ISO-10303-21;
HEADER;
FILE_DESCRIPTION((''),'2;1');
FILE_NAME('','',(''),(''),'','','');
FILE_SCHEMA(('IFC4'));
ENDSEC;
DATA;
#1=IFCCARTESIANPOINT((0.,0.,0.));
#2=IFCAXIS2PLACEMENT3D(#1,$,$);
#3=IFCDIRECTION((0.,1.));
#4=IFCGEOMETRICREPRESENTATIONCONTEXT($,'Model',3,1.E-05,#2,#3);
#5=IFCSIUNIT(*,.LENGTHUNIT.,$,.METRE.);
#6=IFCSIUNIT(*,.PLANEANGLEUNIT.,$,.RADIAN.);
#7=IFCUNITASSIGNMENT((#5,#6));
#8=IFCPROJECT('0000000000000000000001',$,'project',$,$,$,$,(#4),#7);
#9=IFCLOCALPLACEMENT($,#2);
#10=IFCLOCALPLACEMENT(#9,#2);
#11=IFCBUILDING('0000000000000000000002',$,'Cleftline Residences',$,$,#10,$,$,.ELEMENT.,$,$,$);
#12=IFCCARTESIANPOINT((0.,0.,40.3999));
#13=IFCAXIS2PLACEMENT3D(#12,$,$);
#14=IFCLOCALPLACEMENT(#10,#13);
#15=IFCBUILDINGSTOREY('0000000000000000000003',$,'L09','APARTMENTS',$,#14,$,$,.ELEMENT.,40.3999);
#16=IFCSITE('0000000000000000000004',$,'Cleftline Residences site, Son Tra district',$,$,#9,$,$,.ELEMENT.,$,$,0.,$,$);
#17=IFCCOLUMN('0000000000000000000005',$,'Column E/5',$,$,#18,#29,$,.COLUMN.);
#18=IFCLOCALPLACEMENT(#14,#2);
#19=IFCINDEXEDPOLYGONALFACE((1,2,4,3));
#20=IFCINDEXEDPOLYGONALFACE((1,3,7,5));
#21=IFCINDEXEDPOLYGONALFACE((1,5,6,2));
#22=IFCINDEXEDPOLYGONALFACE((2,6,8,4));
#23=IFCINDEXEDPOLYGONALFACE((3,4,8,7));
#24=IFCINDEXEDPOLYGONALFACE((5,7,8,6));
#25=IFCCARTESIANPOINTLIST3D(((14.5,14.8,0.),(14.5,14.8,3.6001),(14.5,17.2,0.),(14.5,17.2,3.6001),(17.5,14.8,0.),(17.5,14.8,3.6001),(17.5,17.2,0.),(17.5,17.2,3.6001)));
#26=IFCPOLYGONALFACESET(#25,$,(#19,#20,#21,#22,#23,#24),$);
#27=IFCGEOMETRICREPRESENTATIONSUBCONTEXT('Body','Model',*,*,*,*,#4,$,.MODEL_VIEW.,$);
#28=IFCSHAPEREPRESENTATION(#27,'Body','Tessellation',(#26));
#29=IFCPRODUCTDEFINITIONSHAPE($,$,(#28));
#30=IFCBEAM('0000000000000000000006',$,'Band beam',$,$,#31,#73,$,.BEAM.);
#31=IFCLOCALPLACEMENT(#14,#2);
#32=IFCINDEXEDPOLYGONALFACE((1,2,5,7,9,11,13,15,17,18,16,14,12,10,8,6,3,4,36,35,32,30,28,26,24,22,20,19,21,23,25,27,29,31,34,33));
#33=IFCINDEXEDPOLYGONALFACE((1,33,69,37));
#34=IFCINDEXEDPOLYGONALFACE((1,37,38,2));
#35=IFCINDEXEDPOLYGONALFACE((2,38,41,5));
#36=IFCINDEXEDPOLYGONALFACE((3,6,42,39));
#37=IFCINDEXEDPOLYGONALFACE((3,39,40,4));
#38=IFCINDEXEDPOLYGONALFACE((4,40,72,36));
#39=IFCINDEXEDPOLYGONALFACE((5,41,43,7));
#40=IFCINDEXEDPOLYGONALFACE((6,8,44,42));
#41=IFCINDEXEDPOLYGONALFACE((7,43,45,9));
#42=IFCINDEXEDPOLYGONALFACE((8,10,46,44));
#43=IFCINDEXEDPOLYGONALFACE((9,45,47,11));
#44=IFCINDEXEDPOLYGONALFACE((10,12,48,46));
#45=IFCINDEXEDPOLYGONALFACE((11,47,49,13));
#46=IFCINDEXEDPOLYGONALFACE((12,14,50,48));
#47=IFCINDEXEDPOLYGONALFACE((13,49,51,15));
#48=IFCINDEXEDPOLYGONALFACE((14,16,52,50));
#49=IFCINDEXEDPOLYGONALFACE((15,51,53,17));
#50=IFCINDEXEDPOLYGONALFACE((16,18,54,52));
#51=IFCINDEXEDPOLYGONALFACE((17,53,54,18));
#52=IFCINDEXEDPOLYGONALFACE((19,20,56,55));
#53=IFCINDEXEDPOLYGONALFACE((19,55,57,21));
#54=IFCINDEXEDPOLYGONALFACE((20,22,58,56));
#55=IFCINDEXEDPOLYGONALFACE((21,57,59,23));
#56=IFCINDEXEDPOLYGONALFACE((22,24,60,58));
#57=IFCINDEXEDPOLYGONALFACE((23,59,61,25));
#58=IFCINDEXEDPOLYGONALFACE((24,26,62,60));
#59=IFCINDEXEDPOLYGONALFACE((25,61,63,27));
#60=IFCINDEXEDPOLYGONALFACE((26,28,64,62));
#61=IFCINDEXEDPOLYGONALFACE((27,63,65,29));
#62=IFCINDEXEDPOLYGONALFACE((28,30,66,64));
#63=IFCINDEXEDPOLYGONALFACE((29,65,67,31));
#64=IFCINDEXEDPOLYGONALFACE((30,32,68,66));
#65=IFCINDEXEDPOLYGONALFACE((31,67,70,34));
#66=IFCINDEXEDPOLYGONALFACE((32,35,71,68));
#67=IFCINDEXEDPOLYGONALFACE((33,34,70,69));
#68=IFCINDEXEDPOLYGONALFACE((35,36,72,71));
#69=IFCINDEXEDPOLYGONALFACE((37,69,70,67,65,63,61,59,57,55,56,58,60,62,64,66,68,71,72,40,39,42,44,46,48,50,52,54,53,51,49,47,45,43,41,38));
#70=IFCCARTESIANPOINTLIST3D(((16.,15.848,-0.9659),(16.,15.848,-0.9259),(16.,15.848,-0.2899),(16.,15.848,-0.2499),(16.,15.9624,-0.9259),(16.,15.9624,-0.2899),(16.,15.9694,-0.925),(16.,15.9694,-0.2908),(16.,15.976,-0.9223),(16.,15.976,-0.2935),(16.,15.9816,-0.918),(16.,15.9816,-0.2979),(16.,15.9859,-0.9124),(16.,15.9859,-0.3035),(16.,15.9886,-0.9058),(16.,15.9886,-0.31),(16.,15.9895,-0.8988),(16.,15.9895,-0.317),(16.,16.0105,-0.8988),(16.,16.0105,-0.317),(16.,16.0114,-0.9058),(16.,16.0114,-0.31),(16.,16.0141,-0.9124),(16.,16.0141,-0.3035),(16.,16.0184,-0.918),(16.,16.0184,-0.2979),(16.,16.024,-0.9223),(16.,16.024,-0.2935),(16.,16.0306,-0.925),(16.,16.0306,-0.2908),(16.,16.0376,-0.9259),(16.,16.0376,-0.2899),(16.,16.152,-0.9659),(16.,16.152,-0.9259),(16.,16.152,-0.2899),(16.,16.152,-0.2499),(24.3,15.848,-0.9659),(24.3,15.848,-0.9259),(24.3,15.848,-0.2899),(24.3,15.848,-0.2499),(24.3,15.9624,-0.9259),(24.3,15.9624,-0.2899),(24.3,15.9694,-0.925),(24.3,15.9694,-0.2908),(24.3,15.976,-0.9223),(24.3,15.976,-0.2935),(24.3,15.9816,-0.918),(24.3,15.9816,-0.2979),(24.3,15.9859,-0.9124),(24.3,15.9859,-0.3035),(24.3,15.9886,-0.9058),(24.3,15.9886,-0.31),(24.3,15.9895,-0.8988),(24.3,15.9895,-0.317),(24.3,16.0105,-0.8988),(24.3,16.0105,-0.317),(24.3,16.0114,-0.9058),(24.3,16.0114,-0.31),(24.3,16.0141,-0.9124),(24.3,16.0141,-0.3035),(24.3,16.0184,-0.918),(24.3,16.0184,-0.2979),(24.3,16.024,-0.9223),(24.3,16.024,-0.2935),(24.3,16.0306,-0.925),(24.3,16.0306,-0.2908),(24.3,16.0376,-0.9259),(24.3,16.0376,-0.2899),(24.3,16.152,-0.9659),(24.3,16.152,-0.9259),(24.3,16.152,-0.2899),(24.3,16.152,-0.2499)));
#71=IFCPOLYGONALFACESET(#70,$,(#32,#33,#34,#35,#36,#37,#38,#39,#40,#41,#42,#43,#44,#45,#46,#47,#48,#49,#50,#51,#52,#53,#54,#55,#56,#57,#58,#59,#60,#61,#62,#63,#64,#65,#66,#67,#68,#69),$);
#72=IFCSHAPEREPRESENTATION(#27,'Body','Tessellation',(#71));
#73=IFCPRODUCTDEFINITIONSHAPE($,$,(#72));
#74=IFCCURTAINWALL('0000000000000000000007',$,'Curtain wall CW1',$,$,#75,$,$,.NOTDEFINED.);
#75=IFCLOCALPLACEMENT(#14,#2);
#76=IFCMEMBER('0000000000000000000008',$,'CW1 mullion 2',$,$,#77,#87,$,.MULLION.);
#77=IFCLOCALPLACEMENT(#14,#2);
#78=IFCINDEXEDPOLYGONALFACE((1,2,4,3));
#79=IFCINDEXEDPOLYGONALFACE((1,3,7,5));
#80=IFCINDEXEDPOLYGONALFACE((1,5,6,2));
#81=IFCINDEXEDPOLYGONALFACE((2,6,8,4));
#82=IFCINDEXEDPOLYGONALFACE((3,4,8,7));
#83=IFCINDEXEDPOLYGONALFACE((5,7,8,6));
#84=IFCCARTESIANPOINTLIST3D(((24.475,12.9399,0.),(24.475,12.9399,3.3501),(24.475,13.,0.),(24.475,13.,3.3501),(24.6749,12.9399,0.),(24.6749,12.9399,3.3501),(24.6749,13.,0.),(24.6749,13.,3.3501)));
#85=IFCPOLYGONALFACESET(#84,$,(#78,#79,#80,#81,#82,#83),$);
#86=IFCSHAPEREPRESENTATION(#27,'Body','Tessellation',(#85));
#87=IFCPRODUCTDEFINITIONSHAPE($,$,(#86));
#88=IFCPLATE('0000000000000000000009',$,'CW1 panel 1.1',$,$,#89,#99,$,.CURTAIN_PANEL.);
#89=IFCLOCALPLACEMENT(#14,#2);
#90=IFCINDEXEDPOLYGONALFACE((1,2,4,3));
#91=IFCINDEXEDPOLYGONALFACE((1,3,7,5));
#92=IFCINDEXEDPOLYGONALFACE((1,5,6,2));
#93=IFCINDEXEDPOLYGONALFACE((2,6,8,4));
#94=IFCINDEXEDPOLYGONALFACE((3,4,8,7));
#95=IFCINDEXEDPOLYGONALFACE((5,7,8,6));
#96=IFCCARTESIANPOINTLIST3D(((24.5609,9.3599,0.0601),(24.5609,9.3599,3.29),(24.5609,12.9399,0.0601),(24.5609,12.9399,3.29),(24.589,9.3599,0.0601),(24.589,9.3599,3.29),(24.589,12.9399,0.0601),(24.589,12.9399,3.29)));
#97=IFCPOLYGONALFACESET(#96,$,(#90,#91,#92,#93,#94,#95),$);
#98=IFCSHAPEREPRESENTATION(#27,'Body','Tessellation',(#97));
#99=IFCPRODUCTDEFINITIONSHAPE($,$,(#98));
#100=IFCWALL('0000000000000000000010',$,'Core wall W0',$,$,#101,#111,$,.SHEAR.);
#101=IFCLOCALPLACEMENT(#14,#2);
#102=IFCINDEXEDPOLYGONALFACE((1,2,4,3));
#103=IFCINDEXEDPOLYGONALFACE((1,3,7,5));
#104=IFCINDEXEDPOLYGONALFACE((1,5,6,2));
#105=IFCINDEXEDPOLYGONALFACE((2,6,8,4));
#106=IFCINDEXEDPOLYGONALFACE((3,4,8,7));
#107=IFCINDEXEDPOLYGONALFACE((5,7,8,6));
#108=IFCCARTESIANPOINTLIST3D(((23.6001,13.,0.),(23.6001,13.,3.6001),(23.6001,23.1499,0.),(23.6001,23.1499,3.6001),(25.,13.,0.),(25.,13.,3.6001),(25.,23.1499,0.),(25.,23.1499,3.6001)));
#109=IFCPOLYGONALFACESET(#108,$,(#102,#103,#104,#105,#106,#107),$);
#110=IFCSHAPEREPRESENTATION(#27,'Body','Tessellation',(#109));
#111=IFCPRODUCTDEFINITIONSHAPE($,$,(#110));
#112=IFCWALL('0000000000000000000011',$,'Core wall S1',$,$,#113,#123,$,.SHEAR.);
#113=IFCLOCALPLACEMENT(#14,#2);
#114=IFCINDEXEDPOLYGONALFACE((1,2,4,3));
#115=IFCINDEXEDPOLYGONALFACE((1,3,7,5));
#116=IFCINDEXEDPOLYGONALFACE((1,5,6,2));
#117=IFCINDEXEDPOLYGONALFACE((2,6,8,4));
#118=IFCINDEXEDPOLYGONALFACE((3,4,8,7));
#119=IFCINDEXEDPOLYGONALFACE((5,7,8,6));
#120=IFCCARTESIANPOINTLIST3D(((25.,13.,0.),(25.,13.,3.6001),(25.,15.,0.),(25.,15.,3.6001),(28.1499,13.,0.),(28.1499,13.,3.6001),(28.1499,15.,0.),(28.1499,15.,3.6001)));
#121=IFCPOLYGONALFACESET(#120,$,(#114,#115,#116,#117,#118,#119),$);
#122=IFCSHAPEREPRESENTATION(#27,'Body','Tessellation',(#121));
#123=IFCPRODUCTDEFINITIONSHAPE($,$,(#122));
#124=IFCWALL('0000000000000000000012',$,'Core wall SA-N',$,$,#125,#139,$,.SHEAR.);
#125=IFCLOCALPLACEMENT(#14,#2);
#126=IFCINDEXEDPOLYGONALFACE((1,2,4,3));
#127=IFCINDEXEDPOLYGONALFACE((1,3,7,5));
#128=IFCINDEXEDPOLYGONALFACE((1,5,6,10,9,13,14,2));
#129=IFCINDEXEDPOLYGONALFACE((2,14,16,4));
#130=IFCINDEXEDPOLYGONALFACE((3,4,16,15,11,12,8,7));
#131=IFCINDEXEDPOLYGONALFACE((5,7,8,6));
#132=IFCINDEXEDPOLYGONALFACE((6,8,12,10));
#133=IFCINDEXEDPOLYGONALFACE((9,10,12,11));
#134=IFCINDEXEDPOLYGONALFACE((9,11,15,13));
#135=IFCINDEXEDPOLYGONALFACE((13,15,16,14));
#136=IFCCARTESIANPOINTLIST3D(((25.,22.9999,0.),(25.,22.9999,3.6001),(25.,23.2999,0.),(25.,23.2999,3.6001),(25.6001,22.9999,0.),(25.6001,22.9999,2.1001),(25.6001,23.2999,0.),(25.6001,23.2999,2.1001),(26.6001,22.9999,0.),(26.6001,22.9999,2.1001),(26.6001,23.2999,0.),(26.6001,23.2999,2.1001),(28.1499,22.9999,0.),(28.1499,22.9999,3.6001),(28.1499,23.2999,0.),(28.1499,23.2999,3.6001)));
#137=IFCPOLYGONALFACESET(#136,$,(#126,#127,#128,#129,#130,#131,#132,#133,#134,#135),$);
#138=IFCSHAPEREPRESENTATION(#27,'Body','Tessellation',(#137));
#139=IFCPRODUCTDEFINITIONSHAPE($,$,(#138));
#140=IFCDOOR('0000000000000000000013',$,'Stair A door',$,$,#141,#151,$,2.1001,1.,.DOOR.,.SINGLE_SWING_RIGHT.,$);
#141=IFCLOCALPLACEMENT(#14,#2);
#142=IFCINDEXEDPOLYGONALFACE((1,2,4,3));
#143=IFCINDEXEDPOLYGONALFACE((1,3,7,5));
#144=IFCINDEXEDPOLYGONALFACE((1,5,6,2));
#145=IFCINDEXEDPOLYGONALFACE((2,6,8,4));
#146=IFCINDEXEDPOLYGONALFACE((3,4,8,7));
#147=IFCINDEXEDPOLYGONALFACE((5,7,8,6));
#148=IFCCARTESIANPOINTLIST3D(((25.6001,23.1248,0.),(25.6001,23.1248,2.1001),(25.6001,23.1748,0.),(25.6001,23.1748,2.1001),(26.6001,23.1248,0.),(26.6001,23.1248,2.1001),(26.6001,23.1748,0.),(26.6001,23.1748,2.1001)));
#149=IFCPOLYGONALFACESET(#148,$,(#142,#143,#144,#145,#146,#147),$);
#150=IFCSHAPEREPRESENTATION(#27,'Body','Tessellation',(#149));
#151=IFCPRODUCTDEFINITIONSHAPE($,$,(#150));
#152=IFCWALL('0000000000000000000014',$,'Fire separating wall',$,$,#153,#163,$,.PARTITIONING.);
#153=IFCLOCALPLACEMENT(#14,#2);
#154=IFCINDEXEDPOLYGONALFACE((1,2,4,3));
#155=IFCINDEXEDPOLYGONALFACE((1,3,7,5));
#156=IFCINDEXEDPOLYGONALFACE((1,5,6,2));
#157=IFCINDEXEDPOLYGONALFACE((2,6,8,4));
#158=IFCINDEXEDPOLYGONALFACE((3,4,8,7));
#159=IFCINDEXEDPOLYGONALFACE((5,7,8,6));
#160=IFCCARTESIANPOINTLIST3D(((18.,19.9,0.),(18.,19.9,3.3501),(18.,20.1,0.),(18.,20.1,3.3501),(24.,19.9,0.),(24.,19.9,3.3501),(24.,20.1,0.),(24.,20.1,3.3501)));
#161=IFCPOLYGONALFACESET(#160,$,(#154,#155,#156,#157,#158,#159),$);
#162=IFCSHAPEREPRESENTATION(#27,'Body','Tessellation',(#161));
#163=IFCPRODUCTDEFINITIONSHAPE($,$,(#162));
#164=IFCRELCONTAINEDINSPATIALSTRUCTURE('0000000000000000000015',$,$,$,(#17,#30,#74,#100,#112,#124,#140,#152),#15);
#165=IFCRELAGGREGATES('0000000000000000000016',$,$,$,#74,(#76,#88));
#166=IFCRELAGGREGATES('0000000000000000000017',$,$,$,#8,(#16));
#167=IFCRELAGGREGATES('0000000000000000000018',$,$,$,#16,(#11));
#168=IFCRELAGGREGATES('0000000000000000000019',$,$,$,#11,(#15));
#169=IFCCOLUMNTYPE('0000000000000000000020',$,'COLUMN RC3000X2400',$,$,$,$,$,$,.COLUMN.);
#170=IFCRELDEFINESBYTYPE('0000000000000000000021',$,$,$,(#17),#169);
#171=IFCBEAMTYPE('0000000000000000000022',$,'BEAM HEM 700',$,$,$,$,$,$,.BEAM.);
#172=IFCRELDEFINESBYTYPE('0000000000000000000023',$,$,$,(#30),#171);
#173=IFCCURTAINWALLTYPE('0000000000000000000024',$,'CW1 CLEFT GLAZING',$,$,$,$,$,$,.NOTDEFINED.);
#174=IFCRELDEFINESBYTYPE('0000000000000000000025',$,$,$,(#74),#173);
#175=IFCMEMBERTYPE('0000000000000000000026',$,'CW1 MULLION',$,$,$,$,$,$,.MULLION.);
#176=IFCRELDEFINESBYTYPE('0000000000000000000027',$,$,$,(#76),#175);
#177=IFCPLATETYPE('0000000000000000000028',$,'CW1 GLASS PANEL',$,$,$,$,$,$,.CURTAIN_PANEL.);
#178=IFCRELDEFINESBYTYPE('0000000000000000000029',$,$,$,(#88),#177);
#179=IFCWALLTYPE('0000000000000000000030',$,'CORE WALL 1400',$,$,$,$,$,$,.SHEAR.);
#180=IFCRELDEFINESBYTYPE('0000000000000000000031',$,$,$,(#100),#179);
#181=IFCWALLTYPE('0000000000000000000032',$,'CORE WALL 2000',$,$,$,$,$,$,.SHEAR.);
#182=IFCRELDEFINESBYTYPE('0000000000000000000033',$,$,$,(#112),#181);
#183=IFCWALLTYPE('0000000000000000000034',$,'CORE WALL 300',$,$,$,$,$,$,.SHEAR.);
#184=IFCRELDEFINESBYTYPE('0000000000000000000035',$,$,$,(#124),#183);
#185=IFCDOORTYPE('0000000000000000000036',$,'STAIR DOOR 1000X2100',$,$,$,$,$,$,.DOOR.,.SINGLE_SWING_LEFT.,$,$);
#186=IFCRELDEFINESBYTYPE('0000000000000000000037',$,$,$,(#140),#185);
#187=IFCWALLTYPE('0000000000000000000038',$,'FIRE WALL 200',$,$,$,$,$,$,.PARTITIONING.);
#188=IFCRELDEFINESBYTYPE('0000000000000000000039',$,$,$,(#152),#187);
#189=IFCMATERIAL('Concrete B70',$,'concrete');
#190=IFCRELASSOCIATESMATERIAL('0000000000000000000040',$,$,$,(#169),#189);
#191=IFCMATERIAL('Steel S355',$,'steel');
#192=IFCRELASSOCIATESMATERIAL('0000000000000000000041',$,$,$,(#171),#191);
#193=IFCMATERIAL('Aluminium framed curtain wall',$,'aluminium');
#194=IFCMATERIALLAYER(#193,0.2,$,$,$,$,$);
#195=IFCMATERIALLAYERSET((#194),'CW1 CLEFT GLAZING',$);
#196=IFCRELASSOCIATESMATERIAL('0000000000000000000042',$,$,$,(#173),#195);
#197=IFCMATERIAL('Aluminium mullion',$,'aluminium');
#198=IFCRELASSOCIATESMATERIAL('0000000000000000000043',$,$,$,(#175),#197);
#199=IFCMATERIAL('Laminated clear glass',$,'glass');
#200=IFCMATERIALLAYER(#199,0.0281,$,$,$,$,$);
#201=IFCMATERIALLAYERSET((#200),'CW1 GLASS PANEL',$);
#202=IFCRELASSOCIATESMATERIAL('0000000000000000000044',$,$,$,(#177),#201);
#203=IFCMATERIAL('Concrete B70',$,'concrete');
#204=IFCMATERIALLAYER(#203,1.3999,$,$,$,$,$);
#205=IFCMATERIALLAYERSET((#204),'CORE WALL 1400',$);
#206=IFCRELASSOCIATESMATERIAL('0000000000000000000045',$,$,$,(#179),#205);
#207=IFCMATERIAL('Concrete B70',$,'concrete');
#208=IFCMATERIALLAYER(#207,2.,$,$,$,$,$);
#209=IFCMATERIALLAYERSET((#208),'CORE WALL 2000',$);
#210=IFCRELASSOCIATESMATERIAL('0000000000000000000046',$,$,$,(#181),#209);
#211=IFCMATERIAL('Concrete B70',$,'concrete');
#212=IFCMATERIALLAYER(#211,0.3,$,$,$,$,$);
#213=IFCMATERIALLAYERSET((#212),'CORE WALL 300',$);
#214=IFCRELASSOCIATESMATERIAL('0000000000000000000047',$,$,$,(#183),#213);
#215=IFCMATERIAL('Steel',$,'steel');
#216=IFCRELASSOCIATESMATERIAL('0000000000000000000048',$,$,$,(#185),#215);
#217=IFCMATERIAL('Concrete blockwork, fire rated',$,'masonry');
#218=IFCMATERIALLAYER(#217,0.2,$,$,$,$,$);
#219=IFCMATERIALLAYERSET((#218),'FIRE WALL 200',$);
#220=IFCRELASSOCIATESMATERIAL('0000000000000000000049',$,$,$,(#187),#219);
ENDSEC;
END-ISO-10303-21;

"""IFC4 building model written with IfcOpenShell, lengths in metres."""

from ifc_helpers import new_model, si_unit, direction, frame, frame_2d, origin, origin_2d, place, context, subcontext, project, spatial, rectangle, i_section, extrude, material, layer, layer_set, material_profile, profile_set, type_object, element, fill, aggregate, save


model = new_model("IFC4")

# Units and contexts
model_context = context("Model", 3, precision=1e-05, world=origin(), true_north=direction((0.0, 1.0)))
body_context = subcontext(model_context, "Body", "Model", "MODEL_VIEW")
ifc_project = project(units=[si_unit("LENGTHUNIT", "METRE"), si_unit("PLANEANGLEUNIT", "RADIAN")], contexts=[model_context])

# Site, building, storey
site_placement = place(None, origin())
site = spatial("IfcSite", under=ifc_project, at=site_placement, Name="Cleftline Residences site, Son Tra district", CompositionType="ELEMENT", RefElevation=0.0)
building_placement = place(site_placement, origin())
building = spatial("IfcBuilding", under=site, at=building_placement, Name="Cleftline Residences", CompositionType="ELEMENT")
storey_placement = place(building_placement, frame((0.0, 0.0, 40.3999)))
storey = spatial("IfcBuildingStorey", under=building, at=storey_placement, Name="L09", Description="APARTMENTS", CompositionType="ELEMENT", Elevation=40.3999)

# Column
ifc_material_1 = material(Name="Concrete B70", Category="concrete")
ifc_material_profile_1 = material_profile(ifc_material_1, rectangle(XDim=3.0, YDim=2.3999, at=origin_2d()))
ifc_profile_set_1 = profile_set([ifc_material_profile_1], Name="Concrete B70")
column_type = type_object("IfcColumnType", Name="COLUMN RC3000X2400", PredefinedType="COLUMN", material=ifc_profile_set_1)
column_placement = place(storey_placement, frame((16.0, 16.0, 0.0), z_axis=(0.0, 0.0, 1.0), x_axis=(1.0, 0.0, 0.0)))
element("IfcColumn", 1, at=column_placement, inside=storey, type_object=column_type, Name="Column E/5", PredefinedType="COLUMN", context=body_context, shape_type="SweptSolid", body=[
    extrude(rectangle(XDim=3.0, YDim=2.3999, at=origin_2d()), origin(), (0.0, 0.0, 1.0), 3.6001),
])

# Beam
ifc_material_2 = material(Name="Steel S355", Category="steel")
ifc_material_profile_2 = material_profile(ifc_material_2, i_section(OverallWidth=0.304, OverallDepth=0.7161, WebThickness=0.021, FlangeThickness=0.04, FilletRadius=0.0271, at=origin_2d()))
ifc_profile_set_2 = profile_set([ifc_material_profile_2], Name="Steel S355")
beam_type = type_object("IfcBeamType", Name="BEAM HEM 700", PredefinedType="BEAM", material=ifc_profile_set_2)
beam_placement = place(storey_placement, frame((16.0, 16.0, -0.6079), z_axis=(1.0, 0.0, 0.0), x_axis=(0.0, 1.0, 0.0)))
element("IfcBeam", 2, at=beam_placement, inside=storey, type_object=beam_type, Name="Band beam", PredefinedType="BEAM", context=body_context, shape_type="SweptSolid", body=[
    extrude(i_section(OverallWidth=0.304, OverallDepth=0.7161, WebThickness=0.021, FlangeThickness=0.04, FilletRadius=0.0271, at=origin_2d()), origin(), (0.0, 0.0, 1.0), 8.3),
])

# Curtain wall, member, plate
ifc_material_3 = material(Name="Aluminium framed curtain wall", Category="aluminium")
ifc_layer_1 = layer(ifc_material_3, 0.2)
ifc_layer_set_1 = layer_set([ifc_layer_1], Name="CW1 CLEFT GLAZING")
curtain_wall_type = type_object("IfcCurtainWallType", Name="CW1 CLEFT GLAZING", PredefinedType="NOTDEFINED", material=ifc_layer_set_1)
curtain_wall_placement = place(storey_placement, origin())
curtain_wall = element("IfcCurtainWall", 3, at=curtain_wall_placement, inside=storey, type_object=curtain_wall_type, Name="Curtain wall CW1", PredefinedType="NOTDEFINED")
ifc_material_4 = material(Name="Aluminium mullion", Category="aluminium")
ifc_material_profile_3 = material_profile(ifc_material_4, rectangle(XDim=0.2, YDim=0.0601, at=origin_2d()))
ifc_profile_set_3 = profile_set([ifc_material_profile_3], Name="Aluminium mullion")
member_type = type_object("IfcMemberType", Name="CW1 MULLION", PredefinedType="MULLION", material=ifc_profile_set_3)
member_placement = place(storey_placement, frame((24.575, 12.97, 0.0), z_axis=(0.0, 0.0, 1.0), x_axis=(-1.0, 0.0, 0.0)))
member = element("IfcMember", 4, at=member_placement, type_object=member_type, Name="CW1 mullion 2", PredefinedType="MULLION", context=body_context, shape_type="SweptSolid", body=[
    extrude(rectangle(XDim=0.2, YDim=0.0601, at=origin_2d()), origin(), (0.0, 0.0, 1.0), 3.3501),
])
ifc_material_5 = material(Name="Laminated clear glass", Category="glass")
ifc_layer_2 = layer(ifc_material_5, 0.0281)
ifc_layer_set_2 = layer_set([ifc_layer_2], Name="CW1 GLASS PANEL")
plate_type = type_object("IfcPlateType", Name="CW1 GLASS PANEL", PredefinedType="CURTAIN_PANEL", material=ifc_layer_set_2)
plate_placement = place(storey_placement, frame((24.575, 11.1499, 0.0601), z_axis=(0.0, 0.0, 1.0), x_axis=(0.0, 1.0, 0.0)))
plate = element("IfcPlate", 5, at=plate_placement, type_object=plate_type, Name="CW1 panel 1.1", PredefinedType="CURTAIN_PANEL", context=body_context, shape_type="SweptSolid", body=[
    extrude(rectangle(XDim=3.5801, YDim=0.0281, at=origin_2d()), origin(), (0.0, 0.0, 1.0), 3.23),
])
aggregate(curtain_wall, [member, plate])

# Wall
ifc_material_6 = material(Name="Concrete B70", Category="concrete")
ifc_layer_3 = layer(ifc_material_6, 1.3999)
ifc_layer_set_3 = layer_set([ifc_layer_3], Name="CORE WALL 1400")
wall_type_1 = type_object("IfcWallType", Name="CORE WALL 1400", PredefinedType="SHEAR", material=ifc_layer_set_3)
wall_1_placement = place(storey_placement, frame((24.3, 13.0, 0.0), z_axis=(0.0, 0.0, 1.0), x_axis=(0.0, 1.0, 0.0)))
element("IfcWall", 6, at=wall_1_placement, inside=storey, type_object=wall_type_1, Name="Core wall W0", PredefinedType="SHEAR", context=body_context, shape_type="SweptSolid", body=[
    extrude(rectangle(XDim=10.1499, YDim=1.3999, at=frame_2d((5.075, 0.0))), origin(), (0.0, 0.0, 1.0), 3.6001),
])

# Wall
ifc_material_7 = material(Name="Concrete B70", Category="concrete")
ifc_layer_4 = layer(ifc_material_7, 2.0)
ifc_layer_set_4 = layer_set([ifc_layer_4], Name="CORE WALL 2000")
wall_type_2 = type_object("IfcWallType", Name="CORE WALL 2000", PredefinedType="SHEAR", material=ifc_layer_set_4)
wall_2_placement = place(storey_placement, frame((25.0, 14.0, 0.0), z_axis=(0.0, 0.0, 1.0), x_axis=(1.0, 0.0, 0.0)))
element("IfcWall", 7, at=wall_2_placement, inside=storey, type_object=wall_type_2, Name="Core wall S1", PredefinedType="SHEAR", context=body_context, shape_type="SweptSolid", body=[
    extrude(rectangle(XDim=3.1499, YDim=2.0, at=frame_2d((1.575, 0.0))), origin(), (0.0, 0.0, 1.0), 3.6001),
])

# Wall, opening, door
ifc_material_8 = material(Name="Concrete B70", Category="concrete")
ifc_layer_5 = layer(ifc_material_8, 0.3)
ifc_layer_set_5 = layer_set([ifc_layer_5], Name="CORE WALL 300")
wall_type_3 = type_object("IfcWallType", Name="CORE WALL 300", PredefinedType="SHEAR", material=ifc_layer_set_5)
wall_3_placement = place(storey_placement, frame((25.0, 23.1499, 0.0), z_axis=(0.0, 0.0, 1.0), x_axis=(1.0, 0.0, 0.0)))
wall_3 = element("IfcWall", 8, at=wall_3_placement, inside=storey, type_object=wall_type_3, Name="Core wall SA-N", PredefinedType="SHEAR", context=body_context, shape_type="SweptSolid", body=[
    extrude(rectangle(XDim=3.1499, YDim=0.3, at=frame_2d((1.575, 0.0))), origin(), (0.0, 0.0, 1.0), 3.6001),
])
opening_1_placement = place(wall_3_placement, frame((0.6001, 0.0, 0.0)))
opening_1 = element("IfcOpeningElement", 9, at=opening_1_placement, cuts=wall_3, PredefinedType="OPENING", context=body_context, shape_type="SweptSolid", body=[
    extrude(rectangle(XDim=1.0, YDim=2.1001, at=frame_2d((0.5, 1.05))), frame((0.0, 0.1599, 0.0), z_axis=(0.0, -1.0, 0.0), x_axis=(1.0, 0.0, 0.0)), (0.0, 0.0, 1.0), 0.3201),
])
ifc_material_9 = material(Name="Steel", Category="steel")
door_type_1 = type_object("IfcDoorType", Name="STAIR DOOR 1000X2100", OperationType="SINGLE_SWING_LEFT", PredefinedType="DOOR", material=ifc_material_9)
door_1_placement = place(opening_1_placement, origin())
door_1 = element("IfcDoor", 10, at=door_1_placement, inside=storey, type_object=door_type_1, Name="Stair A door", OperationType="SINGLE_SWING_RIGHT", OverallHeight=2.1001, OverallWidth=1.0, PredefinedType="DOOR", context=body_context, shape_type="SweptSolid", body=[
    extrude(rectangle(XDim=1.0, YDim=2.1001, at=frame_2d((0.5, 1.05))), frame((0.0, 0.0249, 0.0), z_axis=(0.0, -1.0, 0.0), x_axis=(1.0, 0.0, 0.0)), (0.0, 0.0, 1.0), 0.05),
])
fill(opening_1, door_1)

# Wall
ifc_material_10 = material(Name="Concrete blockwork, fire rated", Category="masonry")
ifc_layer_6 = layer(ifc_material_10, 0.2)
ifc_layer_set_6 = layer_set([ifc_layer_6], Name="FIRE WALL 200")
wall_type_4 = type_object("IfcWallType", Name="FIRE WALL 200", PredefinedType="PARTITIONING", material=ifc_layer_set_6)
wall_4_placement = place(storey_placement, frame((18.0, 20.0, 0.0), z_axis=(0.0, 0.0, 1.0), x_axis=(1.0, 0.0, 0.0)))
element("IfcWall", 11, at=wall_4_placement, inside=storey, type_object=wall_type_4, Name="Fire separating wall", PredefinedType="PARTITIONING", context=body_context, shape_type="SweptSolid", body=[
    extrude(rectangle(XDim=6.0, YDim=0.2, at=frame_2d((3.0, 0.0))), origin(), (0.0, 0.0, 1.0), 3.3501),
])

save(model, "model.ifc")
